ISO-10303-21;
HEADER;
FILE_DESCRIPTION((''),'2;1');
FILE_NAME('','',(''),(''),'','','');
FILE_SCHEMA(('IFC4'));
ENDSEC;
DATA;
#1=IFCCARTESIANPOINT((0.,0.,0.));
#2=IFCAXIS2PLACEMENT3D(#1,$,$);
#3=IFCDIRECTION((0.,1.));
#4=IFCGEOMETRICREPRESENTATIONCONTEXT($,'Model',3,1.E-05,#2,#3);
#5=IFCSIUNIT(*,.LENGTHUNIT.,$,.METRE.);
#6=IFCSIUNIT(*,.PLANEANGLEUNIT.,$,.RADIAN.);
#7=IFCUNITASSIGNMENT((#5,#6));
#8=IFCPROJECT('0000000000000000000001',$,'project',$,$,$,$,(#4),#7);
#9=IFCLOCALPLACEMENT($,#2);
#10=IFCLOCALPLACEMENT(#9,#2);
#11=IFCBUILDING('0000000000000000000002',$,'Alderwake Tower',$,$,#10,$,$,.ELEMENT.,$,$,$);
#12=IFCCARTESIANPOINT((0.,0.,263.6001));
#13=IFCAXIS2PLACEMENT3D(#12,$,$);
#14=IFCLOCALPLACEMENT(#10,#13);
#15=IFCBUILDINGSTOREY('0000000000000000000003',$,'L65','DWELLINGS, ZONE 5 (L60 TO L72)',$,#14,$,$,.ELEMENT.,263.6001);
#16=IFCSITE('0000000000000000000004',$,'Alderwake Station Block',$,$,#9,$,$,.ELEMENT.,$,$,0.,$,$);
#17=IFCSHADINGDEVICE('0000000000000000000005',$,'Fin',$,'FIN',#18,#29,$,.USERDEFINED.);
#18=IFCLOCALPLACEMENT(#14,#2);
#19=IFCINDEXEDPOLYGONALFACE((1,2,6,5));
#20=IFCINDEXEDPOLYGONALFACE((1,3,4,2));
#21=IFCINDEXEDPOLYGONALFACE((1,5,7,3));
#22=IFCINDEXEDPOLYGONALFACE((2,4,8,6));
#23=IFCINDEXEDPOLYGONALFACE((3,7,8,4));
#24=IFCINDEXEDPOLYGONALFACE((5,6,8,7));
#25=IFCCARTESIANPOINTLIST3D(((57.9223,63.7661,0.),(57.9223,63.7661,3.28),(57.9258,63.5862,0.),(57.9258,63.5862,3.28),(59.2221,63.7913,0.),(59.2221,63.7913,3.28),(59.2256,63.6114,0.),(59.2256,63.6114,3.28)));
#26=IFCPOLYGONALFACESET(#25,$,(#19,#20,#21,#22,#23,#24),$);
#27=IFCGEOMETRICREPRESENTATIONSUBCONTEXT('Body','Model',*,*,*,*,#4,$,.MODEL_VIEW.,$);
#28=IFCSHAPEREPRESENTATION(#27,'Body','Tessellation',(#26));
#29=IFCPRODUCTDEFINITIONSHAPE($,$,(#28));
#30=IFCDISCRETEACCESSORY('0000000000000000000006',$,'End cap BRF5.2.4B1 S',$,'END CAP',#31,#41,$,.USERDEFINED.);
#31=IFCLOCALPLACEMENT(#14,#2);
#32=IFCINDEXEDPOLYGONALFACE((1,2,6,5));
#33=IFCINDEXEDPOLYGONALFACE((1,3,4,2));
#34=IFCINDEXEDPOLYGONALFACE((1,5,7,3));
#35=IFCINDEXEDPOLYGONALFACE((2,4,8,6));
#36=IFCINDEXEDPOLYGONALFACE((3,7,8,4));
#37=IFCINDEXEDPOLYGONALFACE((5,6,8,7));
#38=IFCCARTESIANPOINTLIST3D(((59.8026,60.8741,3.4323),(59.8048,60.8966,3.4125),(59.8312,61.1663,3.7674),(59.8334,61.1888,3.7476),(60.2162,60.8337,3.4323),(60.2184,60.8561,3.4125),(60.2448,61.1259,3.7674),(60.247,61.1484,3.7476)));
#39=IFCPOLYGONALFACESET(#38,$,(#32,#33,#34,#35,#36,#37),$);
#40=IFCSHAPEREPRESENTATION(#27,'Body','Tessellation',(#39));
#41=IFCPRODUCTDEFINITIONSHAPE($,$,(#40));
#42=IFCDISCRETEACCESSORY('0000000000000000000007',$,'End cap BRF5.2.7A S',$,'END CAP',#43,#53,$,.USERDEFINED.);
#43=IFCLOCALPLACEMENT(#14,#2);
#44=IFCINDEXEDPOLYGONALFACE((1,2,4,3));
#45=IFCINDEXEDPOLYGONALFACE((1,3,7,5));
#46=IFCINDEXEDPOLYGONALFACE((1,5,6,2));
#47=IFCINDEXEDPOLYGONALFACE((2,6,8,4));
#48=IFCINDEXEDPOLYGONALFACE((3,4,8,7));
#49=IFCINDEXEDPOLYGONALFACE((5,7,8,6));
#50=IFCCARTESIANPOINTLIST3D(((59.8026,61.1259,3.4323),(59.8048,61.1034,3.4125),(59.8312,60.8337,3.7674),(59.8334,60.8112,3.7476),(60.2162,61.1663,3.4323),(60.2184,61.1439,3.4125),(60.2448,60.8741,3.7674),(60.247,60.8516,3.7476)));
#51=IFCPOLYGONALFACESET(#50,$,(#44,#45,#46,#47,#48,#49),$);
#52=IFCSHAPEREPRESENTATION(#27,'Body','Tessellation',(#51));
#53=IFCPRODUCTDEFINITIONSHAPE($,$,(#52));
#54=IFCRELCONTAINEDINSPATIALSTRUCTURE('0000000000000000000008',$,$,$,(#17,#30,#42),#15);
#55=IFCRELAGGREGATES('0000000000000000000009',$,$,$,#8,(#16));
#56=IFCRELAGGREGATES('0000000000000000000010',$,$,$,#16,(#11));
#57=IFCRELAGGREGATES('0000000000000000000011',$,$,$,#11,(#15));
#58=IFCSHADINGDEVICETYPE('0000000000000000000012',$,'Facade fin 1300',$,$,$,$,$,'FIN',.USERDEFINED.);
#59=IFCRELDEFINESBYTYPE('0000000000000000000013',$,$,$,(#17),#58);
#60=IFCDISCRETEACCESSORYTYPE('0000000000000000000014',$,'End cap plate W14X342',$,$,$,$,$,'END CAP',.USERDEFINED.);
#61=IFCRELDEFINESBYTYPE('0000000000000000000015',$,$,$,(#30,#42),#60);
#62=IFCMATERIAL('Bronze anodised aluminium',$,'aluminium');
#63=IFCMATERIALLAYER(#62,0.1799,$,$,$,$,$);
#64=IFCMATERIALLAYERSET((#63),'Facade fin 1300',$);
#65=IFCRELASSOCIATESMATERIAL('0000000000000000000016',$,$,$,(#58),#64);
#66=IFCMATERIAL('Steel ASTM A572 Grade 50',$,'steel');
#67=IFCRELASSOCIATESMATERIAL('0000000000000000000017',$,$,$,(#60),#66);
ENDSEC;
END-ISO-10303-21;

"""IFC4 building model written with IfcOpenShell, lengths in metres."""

from ifc_helpers import new_model, si_unit, direction, frame, origin, origin_2d, place, context, subcontext, project, spatial, rectangle, extrude, material, layer, layer_set, material_profile, profile_set, type_object, element, save


model = new_model("IFC4")

# Units and contexts
model_context = context("Model", 3, precision=1e-05, world=origin(), true_north=direction((0.0, 1.0)))
body_context = subcontext(model_context, "Body", "Model", "MODEL_VIEW")
ifc_project = project(units=[si_unit("LENGTHUNIT", "METRE"), si_unit("PLANEANGLEUNIT", "RADIAN")], contexts=[model_context])

# Site, building, storey
site_placement = place(None, origin())
site = spatial("IfcSite", under=ifc_project, at=site_placement, Name="Alderwake Station Block", CompositionType="ELEMENT", RefElevation=0.0)
building_placement = place(site_placement, origin())
building = spatial("IfcBuilding", under=site, at=building_placement, Name="Alderwake Tower", CompositionType="ELEMENT")
storey_placement = place(building_placement, frame((0.0, 0.0, 263.6001)))
storey = spatial("IfcBuildingStorey", under=building, at=storey_placement, Name="L65", Description="DWELLINGS, ZONE 5 (L60 TO L72)", CompositionType="ELEMENT", Elevation=263.6001)

# Shading device
ifc_material_1 = material(Name="Bronze anodised aluminium", Category="aluminium")
ifc_layer_1 = layer(ifc_material_1, 0.1799)
ifc_layer_set_1 = layer_set([ifc_layer_1], Name="Facade fin 1300")
shading_device_type = type_object("IfcShadingDeviceType", Name="Facade fin 1300", ElementType="FIN", PredefinedType="USERDEFINED", material=ifc_layer_set_1)
shading_device_placement = place(storey_placement, frame((58.574, 63.6887, 0.0), z_axis=(0.0, 0.0, 1.0), x_axis=(0.999812, 0.019398, 0.0)))
element("IfcShadingDevice", 1, at=shading_device_placement, inside=storey, type_object=shading_device_type, Name="Fin", ObjectType="FIN", PredefinedType="USERDEFINED", context=body_context, shape_type="SweptSolid", body=[
    extrude(rectangle(XDim=1.3, YDim=0.1799, at=origin_2d()), origin(), (0.0, 0.0, 1.0), 3.28),
])

# Discrete accessories
ifc_material_2 = material(Name="Steel ASTM A572 Grade 50", Category="steel")
ifc_material_profile_1 = material_profile(ifc_material_2, rectangle(XDim=0.4155, YDim=0.4456, at=origin_2d()), Name="W14X342 cap")
ifc_profile_set_1 = profile_set([ifc_material_profile_1], Name="Steel ASTM A572 Grade 50")
discrete_accessory_type = type_object("IfcDiscreteAccessoryType", Name="End cap plate W14X342", ElementType="END CAP", PredefinedType="USERDEFINED", material=ifc_profile_set_1)
for number, where, z_axis, x_axis, name in (
    (2, (60.0237, 61.0, 3.5999), (0.073226, 0.748537, -0.659038), (-0.995249, 0.097361, 0.0), "End cap BRF5.2.4B1 S"),
    (3, (60.0237, 61.0, 3.5999), (0.073226, -0.748537, -0.659038), (0.995249, 0.097361, 0.0), "End cap BRF5.2.7A S"),
):
    element("IfcDiscreteAccessory", number, at=place(storey_placement, frame(where, z_axis=z_axis, x_axis=x_axis)), inside=storey, type_object=discrete_accessory_type, Name=name, ObjectType="END CAP", PredefinedType="USERDEFINED", context=body_context, shape_type="SweptSolid", body=[
        extrude(rectangle(XDim=0.4155, YDim=0.4456, at=origin_2d()), origin(), (0.0, 0.0, 1.0), 0.03),
    ])

save(model, "model.ifc")
